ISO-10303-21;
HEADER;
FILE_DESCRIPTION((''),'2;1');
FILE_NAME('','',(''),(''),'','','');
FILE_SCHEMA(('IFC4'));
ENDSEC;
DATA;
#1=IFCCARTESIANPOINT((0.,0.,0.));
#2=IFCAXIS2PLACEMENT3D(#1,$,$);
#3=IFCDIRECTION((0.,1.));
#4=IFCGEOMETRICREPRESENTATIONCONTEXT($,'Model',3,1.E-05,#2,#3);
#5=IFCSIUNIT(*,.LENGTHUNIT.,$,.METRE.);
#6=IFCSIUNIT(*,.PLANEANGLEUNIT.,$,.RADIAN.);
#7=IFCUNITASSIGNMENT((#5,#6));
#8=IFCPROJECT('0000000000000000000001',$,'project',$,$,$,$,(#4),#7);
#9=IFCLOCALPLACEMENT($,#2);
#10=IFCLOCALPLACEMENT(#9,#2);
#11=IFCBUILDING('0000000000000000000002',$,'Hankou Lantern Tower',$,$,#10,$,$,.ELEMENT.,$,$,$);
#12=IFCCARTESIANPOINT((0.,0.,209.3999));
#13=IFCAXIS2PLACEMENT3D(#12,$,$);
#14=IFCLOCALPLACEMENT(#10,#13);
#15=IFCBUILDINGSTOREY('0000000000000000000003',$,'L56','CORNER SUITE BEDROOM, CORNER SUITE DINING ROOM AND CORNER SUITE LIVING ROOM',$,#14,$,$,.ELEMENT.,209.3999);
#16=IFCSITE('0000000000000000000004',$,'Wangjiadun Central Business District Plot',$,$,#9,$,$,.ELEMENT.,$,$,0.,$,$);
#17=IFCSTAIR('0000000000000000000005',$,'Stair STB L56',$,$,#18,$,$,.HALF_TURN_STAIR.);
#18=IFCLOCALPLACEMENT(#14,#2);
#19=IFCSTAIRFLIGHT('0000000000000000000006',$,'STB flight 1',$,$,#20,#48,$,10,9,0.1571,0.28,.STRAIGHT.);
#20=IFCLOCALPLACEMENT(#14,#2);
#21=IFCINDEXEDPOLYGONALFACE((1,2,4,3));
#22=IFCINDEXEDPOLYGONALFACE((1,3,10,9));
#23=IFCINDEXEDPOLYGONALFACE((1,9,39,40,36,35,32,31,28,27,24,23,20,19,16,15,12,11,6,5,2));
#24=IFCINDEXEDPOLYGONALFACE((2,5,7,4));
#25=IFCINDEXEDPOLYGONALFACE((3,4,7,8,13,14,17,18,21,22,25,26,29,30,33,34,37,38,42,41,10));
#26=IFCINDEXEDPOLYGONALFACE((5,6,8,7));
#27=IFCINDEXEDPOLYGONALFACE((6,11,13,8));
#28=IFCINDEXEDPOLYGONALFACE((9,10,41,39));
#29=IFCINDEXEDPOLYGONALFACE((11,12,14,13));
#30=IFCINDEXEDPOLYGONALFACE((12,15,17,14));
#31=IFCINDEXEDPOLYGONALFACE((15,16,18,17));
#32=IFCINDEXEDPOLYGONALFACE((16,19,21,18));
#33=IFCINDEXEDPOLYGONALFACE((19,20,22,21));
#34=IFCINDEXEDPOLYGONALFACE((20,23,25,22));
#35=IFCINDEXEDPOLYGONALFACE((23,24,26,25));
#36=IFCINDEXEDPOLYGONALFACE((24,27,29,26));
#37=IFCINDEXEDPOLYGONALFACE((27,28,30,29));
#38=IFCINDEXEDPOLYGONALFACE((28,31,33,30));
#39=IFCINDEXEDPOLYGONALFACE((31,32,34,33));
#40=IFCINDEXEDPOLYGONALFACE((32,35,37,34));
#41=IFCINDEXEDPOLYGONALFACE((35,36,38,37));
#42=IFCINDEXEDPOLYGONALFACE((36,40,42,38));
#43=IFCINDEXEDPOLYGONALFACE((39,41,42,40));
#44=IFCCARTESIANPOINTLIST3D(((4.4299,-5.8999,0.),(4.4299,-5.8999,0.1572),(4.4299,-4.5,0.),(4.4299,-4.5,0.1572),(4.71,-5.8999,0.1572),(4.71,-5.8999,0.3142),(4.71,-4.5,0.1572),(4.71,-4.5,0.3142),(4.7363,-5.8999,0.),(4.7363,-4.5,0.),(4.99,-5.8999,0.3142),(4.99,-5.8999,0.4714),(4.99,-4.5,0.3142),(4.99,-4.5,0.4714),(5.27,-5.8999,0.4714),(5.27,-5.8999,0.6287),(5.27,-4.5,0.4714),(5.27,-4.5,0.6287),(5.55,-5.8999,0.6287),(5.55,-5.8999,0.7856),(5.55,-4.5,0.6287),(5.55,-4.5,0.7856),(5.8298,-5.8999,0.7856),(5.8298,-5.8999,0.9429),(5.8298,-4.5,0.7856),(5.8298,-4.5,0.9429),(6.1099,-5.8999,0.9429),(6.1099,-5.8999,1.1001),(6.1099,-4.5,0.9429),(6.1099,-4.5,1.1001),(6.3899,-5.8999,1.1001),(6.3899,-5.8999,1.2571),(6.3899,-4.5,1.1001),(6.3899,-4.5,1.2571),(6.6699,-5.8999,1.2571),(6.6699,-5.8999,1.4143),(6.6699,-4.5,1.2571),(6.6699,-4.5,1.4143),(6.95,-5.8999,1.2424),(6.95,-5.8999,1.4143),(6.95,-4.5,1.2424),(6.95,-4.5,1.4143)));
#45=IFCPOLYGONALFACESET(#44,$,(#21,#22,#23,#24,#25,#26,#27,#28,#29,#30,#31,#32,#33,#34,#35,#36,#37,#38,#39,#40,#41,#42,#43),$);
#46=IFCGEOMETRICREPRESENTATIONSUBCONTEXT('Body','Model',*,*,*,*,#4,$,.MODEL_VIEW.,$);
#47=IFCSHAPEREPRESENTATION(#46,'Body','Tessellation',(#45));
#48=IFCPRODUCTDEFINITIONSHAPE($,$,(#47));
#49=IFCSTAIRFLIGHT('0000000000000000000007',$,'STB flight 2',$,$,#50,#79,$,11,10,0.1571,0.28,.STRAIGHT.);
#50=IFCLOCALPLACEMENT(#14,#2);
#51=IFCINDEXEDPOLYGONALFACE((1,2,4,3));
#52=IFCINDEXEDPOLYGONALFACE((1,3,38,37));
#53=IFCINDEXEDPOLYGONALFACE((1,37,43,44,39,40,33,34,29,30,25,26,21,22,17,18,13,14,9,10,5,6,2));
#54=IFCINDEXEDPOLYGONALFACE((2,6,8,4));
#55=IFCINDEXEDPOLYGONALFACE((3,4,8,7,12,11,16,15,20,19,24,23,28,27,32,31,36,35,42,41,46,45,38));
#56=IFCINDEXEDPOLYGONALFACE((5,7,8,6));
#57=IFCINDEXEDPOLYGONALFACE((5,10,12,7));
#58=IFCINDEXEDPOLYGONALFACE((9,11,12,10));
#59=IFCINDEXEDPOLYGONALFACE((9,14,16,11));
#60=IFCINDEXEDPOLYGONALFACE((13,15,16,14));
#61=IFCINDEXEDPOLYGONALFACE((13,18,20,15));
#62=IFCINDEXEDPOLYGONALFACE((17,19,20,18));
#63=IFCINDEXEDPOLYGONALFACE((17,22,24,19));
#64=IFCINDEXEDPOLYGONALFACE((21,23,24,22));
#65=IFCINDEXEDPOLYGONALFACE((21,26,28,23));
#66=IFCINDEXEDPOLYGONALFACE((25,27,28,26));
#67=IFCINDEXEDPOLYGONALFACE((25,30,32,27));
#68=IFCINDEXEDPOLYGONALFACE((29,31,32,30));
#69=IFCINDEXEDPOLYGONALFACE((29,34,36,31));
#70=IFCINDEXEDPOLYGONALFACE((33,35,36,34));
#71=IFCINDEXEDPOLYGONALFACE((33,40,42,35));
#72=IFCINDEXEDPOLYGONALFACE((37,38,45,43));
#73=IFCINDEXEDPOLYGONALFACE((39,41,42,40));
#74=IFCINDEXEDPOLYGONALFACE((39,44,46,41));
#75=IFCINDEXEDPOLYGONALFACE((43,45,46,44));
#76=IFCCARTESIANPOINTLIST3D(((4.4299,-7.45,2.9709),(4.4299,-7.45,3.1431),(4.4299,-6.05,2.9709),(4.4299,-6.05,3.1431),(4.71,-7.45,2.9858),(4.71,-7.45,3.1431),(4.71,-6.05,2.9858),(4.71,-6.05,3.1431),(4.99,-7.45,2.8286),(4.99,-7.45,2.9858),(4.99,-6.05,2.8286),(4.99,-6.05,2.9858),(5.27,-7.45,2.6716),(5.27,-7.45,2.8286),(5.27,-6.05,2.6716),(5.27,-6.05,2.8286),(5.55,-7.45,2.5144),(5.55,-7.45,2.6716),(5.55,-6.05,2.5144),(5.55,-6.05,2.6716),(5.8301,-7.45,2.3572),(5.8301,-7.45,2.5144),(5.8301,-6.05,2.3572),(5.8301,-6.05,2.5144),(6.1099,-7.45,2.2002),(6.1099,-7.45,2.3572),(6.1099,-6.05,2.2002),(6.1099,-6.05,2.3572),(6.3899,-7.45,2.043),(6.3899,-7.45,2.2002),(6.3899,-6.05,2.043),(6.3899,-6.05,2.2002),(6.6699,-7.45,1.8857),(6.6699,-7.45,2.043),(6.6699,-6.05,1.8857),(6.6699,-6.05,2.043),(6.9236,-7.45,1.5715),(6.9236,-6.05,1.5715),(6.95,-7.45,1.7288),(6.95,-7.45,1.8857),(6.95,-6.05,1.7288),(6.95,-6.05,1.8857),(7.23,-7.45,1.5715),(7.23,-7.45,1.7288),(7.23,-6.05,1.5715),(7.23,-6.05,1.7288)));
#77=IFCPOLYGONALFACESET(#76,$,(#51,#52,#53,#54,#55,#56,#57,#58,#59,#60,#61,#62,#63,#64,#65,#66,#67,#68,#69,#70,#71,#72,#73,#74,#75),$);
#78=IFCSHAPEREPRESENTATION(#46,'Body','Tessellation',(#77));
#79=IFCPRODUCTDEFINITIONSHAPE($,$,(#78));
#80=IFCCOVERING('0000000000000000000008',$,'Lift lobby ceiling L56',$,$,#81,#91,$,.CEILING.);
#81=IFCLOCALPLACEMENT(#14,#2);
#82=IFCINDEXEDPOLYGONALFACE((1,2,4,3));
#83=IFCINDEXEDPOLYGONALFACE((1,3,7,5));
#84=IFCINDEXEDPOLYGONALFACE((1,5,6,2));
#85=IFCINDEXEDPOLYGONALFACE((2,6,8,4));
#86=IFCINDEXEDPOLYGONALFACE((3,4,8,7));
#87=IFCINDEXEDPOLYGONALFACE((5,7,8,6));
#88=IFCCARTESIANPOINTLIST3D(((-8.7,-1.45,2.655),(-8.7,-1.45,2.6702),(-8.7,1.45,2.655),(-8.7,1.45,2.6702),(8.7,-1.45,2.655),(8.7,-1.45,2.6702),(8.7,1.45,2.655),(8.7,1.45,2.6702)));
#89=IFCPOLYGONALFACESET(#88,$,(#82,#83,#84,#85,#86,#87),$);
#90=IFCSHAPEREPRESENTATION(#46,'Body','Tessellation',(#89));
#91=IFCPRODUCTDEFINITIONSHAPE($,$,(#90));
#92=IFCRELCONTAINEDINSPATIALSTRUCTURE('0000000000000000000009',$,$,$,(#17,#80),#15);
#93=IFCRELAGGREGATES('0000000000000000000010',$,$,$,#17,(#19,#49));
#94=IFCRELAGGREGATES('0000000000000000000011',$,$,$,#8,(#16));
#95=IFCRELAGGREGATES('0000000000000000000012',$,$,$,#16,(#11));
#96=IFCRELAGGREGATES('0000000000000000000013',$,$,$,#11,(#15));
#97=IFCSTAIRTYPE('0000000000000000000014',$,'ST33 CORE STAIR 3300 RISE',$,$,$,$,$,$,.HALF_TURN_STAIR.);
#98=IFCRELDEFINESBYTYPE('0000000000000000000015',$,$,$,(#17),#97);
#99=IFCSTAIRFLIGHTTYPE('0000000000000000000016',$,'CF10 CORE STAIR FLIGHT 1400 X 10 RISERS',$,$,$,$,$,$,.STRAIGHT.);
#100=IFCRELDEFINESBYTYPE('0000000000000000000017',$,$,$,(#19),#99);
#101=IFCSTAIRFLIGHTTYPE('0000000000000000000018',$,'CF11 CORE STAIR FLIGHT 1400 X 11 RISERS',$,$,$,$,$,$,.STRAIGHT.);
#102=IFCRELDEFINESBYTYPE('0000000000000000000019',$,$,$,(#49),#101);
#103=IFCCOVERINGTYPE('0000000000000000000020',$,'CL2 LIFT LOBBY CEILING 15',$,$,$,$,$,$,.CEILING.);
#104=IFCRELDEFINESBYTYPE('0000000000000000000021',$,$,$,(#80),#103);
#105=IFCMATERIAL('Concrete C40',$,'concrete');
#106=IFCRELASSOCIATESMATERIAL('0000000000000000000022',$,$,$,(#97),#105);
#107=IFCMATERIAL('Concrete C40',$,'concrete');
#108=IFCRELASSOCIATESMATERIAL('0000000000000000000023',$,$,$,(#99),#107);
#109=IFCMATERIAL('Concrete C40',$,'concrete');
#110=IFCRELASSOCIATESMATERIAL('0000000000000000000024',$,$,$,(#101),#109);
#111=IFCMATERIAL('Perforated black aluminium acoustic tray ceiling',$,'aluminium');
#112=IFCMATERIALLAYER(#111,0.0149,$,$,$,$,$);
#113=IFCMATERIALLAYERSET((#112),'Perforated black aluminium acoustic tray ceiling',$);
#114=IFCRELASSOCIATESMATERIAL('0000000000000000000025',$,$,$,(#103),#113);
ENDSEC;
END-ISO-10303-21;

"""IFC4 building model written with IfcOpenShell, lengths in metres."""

from ifc_helpers import new_model, si_unit, direction, frame, origin, place, context, subcontext, project, spatial, polyline, outline, extrude, material, layer, layer_set, type_object, element, aggregate, save


model = new_model("IFC4")

# Units and contexts
model_context = context("Model", 3, precision=1e-05, world=origin(), true_north=direction((0.0, 1.0)))
body_context = subcontext(model_context, "Body", "Model", "MODEL_VIEW")
ifc_project = project(units=[si_unit("LENGTHUNIT", "METRE"), si_unit("PLANEANGLEUNIT", "RADIAN")], contexts=[model_context])

# Site, building, storey
site_placement = place(None, origin())
site = spatial("IfcSite", under=ifc_project, at=site_placement, Name="Wangjiadun Central Business District Plot", CompositionType="ELEMENT", RefElevation=0.0)
building_placement = place(site_placement, origin())
building = spatial("IfcBuilding", under=site, at=building_placement, Name="Hankou Lantern Tower", CompositionType="ELEMENT")
storey_placement = place(building_placement, frame((0.0, 0.0, 209.3999)))
storey = spatial("IfcBuildingStorey", under=building, at=storey_placement, Name="L56", Description="CORNER SUITE BEDROOM, CORNER SUITE DINING ROOM AND CORNER SUITE LIVING ROOM", CompositionType="ELEMENT", Elevation=209.3999)

# Stair, stair flights
ifc_material_1 = material(Name="Concrete C40", Category="concrete")
stair_type = type_object("IfcStairType", Name="ST33 CORE STAIR 3300 RISE", PredefinedType="HALF_TURN_STAIR", material=ifc_material_1)
stair_placement = place(storey_placement, origin())
stair = element("IfcStair", 1, at=stair_placement, inside=storey, type_object=stair_type, Name="Stair STB L56", PredefinedType="HALF_TURN_STAIR")
ifc_material_2 = material(Name="Concrete C40", Category="concrete")
stair_flight_type_1 = type_object("IfcStairFlightType", Name="CF10 CORE STAIR FLIGHT 1400 X 10 RISERS", PredefinedType="STRAIGHT", material=ifc_material_2)
stair_flight_1_placement = place(storey_placement, frame((4.4299, -5.2, 0.0), z_axis=(0.0, 0.0, 1.0), x_axis=(1.0, 0.0, 0.0)))
stair_flight_1 = element("IfcStairFlight", 2, at=stair_flight_1_placement, type_object=stair_flight_type_1, Name="STB flight 1", NumberOfRisers=10, NumberOfTreads=9, PredefinedType="STRAIGHT", RiserHeight=0.1571, TreadLength=0.28, context=body_context, shape_type="SweptSolid", body=[
    extrude(outline(polyline([(0.0, 0.0), (0.0, 0.1572), (0.28, 0.1572), (0.28, 0.3142), (0.5601, 0.3142), (0.5601, 0.4714), (0.8401, 0.4714), (0.8401, 0.6287), (1.1201, 0.6287), (1.1201, 0.7856), (1.3999, 0.7856), (1.3999, 0.9429), (1.6799, 0.9429), (1.6799, 1.1001), (1.96, 1.1001), (1.96, 1.2571), (2.24, 1.2571), (2.24, 1.4143), (2.52, 1.4143), (2.52, 1.5715), (2.52, 1.2424), (0.3064, 0.0), (0.0, 0.0)])), frame((0.0, 0.7, 0.0), z_axis=(0.0, -1.0, 0.0), x_axis=(1.0, 0.0, 0.0)), (0.0, 0.0, 1.0), 1.3999),
])
ifc_material_3 = material(Name="Concrete C40", Category="concrete")
stair_flight_type_2 = type_object("IfcStairFlightType", Name="CF11 CORE STAIR FLIGHT 1400 X 11 RISERS", PredefinedType="STRAIGHT", material=ifc_material_3)
stair_flight_2_placement = place(storey_placement, frame((7.23, -6.75, 1.5715), z_axis=(0.0, 0.0, 1.0), x_axis=(-1.0, 0.0, 0.0)))
stair_flight_2 = element("IfcStairFlight", 3, at=stair_flight_2_placement, type_object=stair_flight_type_2, Name="STB flight 2", NumberOfRisers=11, NumberOfTreads=10, PredefinedType="STRAIGHT", RiserHeight=0.1571, TreadLength=0.28, context=body_context, shape_type="SweptSolid", body=[
    extrude(outline(polyline([(0.0, 0.0), (0.0, 0.1572), (0.28, 0.1572), (0.28, 0.3142), (0.5601, 0.3142), (0.5601, 0.4714), (0.8401, 0.4714), (0.8401, 0.6287), (1.1201, 0.6287), (1.1201, 0.7856), (1.3999, 0.7856), (1.3999, 0.9429), (1.6799, 0.9429), (1.6799, 1.1001), (1.96, 1.1001), (1.96, 1.2571), (2.24, 1.2571), (2.24, 1.4143), (2.52, 1.4143), (2.52, 1.5715), (2.8, 1.5715), (2.8, 1.7285), (2.8, 1.3994), (0.3064, 0.0), (0.0, 0.0)])), frame((0.0, 0.7, 0.0), z_axis=(0.0, -1.0, 0.0), x_axis=(1.0, 0.0, 0.0)), (0.0, 0.0, 1.0), 1.3999),
])
aggregate(stair, [stair_flight_1, stair_flight_2])

# Covering
ifc_material_4 = material(Name="Perforated black aluminium acoustic tray ceiling", Category="aluminium")
ifc_layer_1 = layer(ifc_material_4, 0.0149)
ifc_layer_set_1 = layer_set([ifc_layer_1], Name="Perforated black aluminium acoustic tray ceiling")
covering_type = type_object("IfcCoveringType", Name="CL2 LIFT LOBBY CEILING 15", PredefinedType="CEILING", material=ifc_layer_set_1)
covering_placement = place(storey_placement, frame((0.0, 0.0, 2.655)))
element("IfcCovering", 4, at=covering_placement, inside=storey, type_object=covering_type, Name="Lift lobby ceiling L56", PredefinedType="CEILING", context=body_context, shape_type="SweptSolid", body=[
    extrude(outline(polyline([(-8.7, -1.45), (8.7, -1.45), (8.7, 1.45), (-8.7, 1.45), (-8.7, -1.45)])), origin(), (0.0, 0.0, 1.0), 0.0151),
])

save(model, "model.ifc")
